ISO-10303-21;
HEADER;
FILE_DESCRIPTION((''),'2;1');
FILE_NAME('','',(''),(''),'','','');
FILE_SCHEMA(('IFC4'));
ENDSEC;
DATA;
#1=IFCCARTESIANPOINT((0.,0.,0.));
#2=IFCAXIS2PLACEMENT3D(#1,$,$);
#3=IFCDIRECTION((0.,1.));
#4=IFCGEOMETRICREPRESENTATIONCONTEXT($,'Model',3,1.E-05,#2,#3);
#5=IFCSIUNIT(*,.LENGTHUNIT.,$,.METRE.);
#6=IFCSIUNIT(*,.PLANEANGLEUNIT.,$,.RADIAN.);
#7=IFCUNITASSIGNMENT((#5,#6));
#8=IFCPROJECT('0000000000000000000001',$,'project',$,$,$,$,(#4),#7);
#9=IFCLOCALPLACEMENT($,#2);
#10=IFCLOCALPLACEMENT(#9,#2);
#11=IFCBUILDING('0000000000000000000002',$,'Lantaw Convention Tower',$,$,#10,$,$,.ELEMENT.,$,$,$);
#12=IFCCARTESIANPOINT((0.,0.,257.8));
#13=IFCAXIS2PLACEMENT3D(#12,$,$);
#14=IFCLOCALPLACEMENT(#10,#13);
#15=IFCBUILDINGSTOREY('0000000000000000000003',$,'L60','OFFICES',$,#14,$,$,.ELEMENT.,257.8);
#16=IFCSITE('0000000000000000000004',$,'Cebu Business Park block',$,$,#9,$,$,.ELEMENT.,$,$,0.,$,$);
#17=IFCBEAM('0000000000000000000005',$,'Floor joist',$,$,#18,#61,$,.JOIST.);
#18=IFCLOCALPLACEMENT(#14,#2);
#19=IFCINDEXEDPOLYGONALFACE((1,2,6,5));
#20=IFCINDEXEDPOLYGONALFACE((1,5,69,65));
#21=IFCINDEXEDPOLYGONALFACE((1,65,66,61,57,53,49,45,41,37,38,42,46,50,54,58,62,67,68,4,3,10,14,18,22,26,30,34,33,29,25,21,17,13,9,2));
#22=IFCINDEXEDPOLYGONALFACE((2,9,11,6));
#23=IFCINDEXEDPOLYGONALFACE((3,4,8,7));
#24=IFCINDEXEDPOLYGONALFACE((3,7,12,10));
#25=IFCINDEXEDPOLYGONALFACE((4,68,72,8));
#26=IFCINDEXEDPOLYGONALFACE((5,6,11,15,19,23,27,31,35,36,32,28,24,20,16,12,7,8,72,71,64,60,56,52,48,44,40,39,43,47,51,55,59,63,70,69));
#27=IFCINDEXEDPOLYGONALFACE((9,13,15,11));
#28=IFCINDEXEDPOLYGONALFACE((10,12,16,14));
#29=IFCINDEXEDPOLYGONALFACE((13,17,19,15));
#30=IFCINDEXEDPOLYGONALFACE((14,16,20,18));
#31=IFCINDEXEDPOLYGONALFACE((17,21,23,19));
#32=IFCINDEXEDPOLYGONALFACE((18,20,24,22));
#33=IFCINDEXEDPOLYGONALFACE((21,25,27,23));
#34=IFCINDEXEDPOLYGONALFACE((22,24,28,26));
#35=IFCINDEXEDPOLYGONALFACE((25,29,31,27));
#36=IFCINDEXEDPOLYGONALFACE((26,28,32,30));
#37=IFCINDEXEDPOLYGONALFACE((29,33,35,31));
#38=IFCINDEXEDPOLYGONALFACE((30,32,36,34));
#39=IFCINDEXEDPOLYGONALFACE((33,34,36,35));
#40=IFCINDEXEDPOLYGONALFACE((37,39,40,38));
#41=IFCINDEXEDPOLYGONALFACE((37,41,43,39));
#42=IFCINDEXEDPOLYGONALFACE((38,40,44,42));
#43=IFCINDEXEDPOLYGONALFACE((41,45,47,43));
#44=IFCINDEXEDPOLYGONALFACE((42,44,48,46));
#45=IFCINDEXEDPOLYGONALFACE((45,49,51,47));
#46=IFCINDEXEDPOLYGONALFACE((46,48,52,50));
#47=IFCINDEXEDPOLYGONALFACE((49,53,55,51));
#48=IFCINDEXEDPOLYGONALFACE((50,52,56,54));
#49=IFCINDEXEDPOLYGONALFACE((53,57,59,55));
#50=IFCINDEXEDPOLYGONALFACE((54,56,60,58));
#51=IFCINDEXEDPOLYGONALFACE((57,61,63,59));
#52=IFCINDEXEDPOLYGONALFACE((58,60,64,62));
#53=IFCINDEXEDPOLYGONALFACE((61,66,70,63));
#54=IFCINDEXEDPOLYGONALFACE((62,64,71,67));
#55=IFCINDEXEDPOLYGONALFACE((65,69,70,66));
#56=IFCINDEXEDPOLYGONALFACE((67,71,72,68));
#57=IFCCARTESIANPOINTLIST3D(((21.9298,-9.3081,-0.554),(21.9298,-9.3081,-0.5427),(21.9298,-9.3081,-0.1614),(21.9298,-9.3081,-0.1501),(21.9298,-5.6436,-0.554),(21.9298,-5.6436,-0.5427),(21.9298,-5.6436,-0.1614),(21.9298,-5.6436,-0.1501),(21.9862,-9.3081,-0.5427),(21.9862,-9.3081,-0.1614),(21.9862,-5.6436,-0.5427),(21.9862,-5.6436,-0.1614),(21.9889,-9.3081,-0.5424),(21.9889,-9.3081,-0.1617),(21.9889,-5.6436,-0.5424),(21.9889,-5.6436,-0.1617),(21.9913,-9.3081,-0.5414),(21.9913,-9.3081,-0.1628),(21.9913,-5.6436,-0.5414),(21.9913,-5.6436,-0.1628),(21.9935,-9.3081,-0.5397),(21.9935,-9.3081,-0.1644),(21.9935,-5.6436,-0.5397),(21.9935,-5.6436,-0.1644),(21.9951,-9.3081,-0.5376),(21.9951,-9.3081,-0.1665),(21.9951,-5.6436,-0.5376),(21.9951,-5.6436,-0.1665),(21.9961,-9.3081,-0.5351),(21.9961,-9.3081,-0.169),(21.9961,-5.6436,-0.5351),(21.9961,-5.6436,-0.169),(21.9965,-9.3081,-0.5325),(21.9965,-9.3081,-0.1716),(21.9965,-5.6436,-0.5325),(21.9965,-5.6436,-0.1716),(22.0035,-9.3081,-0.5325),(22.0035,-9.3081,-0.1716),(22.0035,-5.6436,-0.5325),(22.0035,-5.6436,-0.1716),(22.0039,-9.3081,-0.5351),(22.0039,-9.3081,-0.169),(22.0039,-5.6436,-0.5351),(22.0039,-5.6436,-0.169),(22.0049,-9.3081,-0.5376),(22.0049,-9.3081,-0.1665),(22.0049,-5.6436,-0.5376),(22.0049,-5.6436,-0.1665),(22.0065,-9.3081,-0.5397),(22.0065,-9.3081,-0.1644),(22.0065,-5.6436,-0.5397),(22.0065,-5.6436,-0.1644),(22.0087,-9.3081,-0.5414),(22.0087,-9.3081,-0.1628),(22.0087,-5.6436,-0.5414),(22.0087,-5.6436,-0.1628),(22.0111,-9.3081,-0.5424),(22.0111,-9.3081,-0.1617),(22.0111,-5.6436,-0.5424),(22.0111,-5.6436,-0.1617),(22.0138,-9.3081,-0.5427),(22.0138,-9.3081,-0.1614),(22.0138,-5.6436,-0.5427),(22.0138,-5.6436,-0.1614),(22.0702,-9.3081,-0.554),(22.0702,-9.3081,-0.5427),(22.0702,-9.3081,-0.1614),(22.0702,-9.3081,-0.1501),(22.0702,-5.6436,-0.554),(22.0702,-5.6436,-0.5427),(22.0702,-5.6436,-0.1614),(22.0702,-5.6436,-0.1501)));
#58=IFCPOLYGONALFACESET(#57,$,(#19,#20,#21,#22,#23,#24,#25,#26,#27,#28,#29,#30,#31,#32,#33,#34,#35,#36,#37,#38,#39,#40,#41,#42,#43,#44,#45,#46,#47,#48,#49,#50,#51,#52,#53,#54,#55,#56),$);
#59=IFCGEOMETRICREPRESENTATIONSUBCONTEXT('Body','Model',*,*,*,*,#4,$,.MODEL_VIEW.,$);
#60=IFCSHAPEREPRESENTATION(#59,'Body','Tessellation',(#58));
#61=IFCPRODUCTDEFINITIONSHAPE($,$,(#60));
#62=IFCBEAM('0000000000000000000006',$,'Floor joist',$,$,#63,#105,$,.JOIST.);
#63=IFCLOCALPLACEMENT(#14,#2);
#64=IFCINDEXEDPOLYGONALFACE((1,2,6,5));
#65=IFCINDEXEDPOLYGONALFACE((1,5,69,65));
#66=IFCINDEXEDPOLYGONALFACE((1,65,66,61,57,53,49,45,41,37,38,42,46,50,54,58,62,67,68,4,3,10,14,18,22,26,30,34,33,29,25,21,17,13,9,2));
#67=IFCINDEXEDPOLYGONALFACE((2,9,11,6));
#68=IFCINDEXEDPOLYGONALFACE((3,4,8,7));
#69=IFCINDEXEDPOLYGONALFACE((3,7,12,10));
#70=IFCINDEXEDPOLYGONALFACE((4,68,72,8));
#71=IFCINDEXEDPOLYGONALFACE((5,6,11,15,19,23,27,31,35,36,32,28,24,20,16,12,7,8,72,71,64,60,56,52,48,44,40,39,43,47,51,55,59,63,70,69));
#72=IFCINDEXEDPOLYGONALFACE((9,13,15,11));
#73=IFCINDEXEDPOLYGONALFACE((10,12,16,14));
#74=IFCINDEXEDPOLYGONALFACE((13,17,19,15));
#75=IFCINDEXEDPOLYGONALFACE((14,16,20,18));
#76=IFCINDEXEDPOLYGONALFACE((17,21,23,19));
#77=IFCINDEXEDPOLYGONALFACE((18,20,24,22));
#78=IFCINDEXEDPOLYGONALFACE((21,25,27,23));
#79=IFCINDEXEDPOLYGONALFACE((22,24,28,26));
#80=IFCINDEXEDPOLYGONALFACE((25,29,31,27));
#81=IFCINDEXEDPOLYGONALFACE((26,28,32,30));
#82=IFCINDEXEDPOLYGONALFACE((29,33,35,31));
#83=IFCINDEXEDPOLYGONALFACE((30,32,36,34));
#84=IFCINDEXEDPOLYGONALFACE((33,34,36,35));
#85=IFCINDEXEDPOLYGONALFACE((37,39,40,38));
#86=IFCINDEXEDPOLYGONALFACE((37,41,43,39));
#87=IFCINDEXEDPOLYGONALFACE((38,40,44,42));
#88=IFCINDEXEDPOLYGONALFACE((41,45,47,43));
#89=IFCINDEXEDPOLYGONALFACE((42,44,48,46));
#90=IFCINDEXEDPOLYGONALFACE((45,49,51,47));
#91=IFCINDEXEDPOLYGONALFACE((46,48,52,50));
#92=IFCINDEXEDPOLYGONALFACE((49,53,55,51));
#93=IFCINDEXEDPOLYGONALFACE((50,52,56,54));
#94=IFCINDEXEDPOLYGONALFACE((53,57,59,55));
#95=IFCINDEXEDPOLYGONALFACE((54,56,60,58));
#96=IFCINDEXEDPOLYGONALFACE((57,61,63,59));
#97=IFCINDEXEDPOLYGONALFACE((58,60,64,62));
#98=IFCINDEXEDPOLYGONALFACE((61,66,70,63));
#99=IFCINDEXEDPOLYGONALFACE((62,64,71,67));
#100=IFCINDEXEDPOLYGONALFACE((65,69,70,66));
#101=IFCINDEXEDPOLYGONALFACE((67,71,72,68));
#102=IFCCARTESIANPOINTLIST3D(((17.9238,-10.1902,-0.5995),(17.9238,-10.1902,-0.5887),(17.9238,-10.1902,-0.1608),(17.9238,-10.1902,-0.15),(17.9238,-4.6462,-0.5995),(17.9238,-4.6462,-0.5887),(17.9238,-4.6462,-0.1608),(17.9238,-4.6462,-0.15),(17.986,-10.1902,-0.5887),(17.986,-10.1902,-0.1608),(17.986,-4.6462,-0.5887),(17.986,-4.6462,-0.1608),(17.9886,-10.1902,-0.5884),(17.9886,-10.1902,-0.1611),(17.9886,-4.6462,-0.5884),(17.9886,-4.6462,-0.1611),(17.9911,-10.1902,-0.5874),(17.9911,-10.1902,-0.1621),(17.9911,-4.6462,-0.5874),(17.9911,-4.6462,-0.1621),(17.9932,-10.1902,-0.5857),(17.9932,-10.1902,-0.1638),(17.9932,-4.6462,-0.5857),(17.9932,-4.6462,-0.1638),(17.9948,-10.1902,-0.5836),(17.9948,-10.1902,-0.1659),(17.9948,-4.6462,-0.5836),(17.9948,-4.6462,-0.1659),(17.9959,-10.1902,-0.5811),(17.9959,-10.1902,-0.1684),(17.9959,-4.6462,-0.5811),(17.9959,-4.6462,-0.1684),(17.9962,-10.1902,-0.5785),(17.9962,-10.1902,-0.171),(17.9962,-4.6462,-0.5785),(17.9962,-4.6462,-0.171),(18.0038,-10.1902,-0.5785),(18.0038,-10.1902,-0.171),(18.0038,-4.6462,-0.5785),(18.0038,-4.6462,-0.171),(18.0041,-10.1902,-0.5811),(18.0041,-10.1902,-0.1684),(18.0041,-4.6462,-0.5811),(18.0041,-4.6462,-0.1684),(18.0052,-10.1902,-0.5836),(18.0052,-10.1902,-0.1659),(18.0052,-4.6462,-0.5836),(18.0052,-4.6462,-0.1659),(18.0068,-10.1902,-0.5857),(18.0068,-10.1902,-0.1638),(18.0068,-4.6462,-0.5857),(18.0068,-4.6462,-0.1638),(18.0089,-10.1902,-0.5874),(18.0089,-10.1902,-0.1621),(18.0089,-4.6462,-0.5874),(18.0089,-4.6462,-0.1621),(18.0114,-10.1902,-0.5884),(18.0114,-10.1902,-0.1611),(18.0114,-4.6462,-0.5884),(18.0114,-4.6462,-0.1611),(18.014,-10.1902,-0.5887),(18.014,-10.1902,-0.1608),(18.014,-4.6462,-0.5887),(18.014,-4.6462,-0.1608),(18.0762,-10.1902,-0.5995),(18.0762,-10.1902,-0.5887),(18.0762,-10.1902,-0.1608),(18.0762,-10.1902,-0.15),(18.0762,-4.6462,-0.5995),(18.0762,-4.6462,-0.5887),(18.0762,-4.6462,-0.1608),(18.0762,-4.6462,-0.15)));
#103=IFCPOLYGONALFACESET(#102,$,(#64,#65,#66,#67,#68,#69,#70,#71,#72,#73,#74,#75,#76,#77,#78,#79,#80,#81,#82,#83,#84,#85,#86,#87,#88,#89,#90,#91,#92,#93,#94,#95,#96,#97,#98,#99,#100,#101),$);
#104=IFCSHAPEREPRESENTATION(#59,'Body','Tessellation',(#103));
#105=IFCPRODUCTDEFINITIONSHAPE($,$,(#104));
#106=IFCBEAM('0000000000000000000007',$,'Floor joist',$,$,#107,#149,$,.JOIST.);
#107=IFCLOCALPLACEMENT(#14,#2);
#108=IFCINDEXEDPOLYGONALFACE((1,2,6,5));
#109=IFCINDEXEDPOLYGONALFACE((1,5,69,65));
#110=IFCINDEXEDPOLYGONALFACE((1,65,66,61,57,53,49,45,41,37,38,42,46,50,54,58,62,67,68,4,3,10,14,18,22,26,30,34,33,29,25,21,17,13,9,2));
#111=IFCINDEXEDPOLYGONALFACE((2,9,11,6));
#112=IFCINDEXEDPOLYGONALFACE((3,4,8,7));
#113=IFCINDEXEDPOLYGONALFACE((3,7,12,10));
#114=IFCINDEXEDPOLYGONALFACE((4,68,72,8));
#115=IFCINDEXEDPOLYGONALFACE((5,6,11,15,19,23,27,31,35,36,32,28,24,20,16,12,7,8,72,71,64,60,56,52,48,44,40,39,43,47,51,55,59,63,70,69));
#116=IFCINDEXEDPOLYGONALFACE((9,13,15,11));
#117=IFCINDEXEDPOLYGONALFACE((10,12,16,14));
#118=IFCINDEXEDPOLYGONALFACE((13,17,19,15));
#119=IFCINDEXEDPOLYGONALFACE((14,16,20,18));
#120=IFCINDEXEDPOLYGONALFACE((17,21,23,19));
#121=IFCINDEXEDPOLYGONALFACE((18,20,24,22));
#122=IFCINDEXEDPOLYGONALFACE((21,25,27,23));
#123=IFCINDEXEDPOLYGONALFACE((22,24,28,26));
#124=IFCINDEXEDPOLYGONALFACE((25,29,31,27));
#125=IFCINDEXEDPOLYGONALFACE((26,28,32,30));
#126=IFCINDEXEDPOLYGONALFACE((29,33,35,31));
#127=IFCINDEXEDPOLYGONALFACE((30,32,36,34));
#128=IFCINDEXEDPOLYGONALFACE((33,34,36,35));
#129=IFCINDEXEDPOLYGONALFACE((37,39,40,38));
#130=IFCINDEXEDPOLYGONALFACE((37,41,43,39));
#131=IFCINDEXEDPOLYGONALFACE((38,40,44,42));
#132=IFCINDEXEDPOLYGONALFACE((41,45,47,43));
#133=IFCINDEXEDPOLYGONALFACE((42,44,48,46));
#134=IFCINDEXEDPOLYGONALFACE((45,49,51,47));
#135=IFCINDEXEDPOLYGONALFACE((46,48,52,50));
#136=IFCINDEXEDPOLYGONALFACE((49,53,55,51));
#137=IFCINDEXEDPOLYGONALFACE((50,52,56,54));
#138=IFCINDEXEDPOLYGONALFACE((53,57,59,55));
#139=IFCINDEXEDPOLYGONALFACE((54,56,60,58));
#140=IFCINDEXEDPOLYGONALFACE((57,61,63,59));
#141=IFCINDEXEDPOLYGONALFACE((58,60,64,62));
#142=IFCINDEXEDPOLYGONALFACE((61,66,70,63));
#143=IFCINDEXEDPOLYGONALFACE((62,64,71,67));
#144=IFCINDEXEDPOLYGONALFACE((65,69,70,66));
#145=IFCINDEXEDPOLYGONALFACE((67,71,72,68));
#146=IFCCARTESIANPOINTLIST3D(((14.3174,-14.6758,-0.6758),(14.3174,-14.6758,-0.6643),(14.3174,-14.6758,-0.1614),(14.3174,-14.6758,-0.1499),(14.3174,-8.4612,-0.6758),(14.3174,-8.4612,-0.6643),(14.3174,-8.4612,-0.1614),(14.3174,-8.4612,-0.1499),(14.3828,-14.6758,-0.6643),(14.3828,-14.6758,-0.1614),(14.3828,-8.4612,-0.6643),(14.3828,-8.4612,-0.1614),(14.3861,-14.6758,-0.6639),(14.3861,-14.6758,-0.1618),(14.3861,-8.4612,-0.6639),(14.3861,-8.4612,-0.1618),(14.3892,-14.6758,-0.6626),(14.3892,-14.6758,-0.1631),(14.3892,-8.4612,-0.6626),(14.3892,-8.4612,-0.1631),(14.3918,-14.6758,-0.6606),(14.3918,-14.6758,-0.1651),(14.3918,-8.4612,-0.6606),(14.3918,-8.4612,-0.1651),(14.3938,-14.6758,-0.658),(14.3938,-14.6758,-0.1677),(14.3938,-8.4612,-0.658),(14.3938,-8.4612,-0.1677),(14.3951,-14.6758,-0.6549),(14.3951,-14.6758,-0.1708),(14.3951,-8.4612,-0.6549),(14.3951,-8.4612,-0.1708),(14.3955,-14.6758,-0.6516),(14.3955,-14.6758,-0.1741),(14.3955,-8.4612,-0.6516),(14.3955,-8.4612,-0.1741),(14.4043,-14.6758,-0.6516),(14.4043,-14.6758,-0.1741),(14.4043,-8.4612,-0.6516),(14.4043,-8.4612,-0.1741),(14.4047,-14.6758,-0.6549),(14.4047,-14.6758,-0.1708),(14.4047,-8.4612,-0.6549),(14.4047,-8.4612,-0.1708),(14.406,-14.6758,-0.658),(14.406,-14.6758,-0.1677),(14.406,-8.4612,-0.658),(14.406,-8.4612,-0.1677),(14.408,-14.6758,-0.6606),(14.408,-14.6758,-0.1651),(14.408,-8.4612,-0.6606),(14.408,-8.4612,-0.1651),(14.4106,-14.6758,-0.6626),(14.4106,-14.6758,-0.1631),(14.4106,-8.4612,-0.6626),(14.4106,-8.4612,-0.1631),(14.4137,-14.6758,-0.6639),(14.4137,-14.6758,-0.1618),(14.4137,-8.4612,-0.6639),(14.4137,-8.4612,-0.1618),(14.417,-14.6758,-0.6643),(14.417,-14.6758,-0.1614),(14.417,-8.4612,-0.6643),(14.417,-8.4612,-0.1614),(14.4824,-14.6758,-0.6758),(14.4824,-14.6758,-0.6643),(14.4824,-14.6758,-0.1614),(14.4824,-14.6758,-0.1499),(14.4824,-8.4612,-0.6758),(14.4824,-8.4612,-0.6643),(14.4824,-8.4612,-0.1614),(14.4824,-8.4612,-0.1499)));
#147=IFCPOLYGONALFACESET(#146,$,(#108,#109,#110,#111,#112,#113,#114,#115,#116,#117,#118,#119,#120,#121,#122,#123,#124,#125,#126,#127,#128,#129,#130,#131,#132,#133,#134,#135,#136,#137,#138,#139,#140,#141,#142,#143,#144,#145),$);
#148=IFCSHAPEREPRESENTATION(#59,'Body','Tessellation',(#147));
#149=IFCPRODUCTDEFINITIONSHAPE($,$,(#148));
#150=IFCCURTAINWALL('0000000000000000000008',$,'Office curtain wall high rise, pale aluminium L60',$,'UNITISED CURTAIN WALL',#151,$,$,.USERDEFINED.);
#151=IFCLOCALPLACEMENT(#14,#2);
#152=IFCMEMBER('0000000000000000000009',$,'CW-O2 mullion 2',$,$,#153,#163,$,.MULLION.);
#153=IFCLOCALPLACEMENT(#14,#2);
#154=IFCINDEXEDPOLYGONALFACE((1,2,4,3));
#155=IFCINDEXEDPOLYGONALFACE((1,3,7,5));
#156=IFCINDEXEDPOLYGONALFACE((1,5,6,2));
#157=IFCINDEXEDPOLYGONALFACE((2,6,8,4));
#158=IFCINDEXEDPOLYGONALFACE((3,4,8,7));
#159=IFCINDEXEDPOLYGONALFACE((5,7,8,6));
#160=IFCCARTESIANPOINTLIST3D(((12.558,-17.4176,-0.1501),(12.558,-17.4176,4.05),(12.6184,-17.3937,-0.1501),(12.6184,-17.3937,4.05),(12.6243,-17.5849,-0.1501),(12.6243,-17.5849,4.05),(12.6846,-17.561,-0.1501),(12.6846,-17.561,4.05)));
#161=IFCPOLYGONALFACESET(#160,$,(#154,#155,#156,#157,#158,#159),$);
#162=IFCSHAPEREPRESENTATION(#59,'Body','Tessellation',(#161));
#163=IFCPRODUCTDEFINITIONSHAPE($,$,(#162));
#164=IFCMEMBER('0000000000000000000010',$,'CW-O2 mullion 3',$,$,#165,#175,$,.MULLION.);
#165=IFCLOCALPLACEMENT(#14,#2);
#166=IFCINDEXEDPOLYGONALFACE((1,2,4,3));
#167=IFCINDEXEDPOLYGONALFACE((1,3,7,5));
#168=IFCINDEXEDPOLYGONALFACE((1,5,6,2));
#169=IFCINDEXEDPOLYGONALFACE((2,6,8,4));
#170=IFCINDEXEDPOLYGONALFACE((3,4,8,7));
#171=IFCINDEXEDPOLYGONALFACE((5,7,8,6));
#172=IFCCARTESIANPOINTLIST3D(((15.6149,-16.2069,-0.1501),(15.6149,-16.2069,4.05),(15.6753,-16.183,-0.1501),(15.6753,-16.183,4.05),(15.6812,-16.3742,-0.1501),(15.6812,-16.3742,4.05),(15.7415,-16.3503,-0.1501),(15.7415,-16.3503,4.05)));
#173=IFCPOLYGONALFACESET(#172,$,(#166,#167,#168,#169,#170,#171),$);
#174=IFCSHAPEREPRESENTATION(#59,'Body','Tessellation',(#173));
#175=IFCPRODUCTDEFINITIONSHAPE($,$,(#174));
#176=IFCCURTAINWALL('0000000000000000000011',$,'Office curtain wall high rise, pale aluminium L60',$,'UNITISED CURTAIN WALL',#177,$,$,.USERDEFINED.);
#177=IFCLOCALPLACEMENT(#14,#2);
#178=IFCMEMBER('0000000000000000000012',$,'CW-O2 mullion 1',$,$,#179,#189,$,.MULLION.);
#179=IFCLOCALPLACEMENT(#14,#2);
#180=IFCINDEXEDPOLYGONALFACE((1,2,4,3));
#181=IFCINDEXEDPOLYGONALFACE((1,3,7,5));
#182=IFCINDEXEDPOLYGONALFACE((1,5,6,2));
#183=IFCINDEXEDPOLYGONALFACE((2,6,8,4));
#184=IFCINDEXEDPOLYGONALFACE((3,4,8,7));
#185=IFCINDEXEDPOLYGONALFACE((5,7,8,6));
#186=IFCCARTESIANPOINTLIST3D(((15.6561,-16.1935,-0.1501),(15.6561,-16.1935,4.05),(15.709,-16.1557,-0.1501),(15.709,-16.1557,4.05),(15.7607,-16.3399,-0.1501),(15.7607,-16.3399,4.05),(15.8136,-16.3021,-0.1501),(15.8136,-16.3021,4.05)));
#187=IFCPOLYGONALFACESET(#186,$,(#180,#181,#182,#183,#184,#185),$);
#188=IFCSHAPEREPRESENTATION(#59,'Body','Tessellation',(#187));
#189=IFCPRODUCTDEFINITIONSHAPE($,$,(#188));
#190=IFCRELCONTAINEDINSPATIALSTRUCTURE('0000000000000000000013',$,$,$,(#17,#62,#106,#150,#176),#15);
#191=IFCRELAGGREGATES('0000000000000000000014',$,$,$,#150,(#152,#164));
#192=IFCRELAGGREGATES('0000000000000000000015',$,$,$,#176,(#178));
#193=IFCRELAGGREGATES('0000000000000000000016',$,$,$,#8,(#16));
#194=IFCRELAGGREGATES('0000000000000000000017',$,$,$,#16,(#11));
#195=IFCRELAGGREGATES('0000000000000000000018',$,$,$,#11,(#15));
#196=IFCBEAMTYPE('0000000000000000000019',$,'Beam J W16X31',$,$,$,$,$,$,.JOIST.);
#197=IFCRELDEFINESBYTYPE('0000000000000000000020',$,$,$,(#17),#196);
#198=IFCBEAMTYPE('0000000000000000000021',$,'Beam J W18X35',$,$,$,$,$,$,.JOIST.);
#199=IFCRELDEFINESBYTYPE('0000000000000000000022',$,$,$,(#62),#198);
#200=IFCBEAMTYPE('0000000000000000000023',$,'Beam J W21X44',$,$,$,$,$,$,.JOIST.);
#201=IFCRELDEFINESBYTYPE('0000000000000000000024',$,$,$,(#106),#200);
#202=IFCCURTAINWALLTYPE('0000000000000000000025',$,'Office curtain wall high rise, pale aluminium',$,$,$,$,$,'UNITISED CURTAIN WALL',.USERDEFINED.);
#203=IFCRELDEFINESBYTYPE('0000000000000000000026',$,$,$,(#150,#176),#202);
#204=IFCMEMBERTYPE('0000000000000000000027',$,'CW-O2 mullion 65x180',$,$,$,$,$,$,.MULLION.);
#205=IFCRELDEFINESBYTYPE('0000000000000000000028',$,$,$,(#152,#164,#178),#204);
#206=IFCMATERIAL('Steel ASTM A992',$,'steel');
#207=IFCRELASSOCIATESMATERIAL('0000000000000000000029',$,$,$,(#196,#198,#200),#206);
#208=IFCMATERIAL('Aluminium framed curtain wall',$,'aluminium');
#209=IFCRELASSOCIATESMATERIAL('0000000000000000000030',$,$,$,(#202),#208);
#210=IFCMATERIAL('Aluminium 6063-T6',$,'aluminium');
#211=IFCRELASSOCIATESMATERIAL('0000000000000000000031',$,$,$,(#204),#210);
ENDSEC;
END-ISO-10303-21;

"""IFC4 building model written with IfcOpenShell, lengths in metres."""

from ifc_helpers import new_model, si_unit, direction, frame, origin, origin_2d, place, context, subcontext, project, spatial, rectangle, i_section, extrude, material, material_profile, profile_set, type_object, element, aggregate, save


model = new_model("IFC4")

# Units and contexts
model_context = context("Model", 3, precision=1e-05, world=origin(), true_north=direction((0.0, 1.0)))
body_context = subcontext(model_context, "Body", "Model", "MODEL_VIEW")
ifc_project = project(units=[si_unit("LENGTHUNIT", "METRE"), si_unit("PLANEANGLEUNIT", "RADIAN")], contexts=[model_context])

# Site, building, storey
site_placement = place(None, origin())
site = spatial("IfcSite", under=ifc_project, at=site_placement, Name="Cebu Business Park block", CompositionType="ELEMENT", RefElevation=0.0)
building_placement = place(site_placement, origin())
building = spatial("IfcBuilding", under=site, at=building_placement, Name="Lantaw Convention Tower", CompositionType="ELEMENT")
storey_placement = place(building_placement, frame((0.0, 0.0, 257.8)))
storey = spatial("IfcBuildingStorey", under=building, at=storey_placement, Name="L60", Description="OFFICES", CompositionType="ELEMENT", Elevation=257.8)

# Beams
ifc_material_1 = material(Name="Steel ASTM A992", Category="steel")
ifc_material_profile_1 = material_profile(ifc_material_1, i_section(OverallWidth=0.1404, OverallDepth=0.4038, WebThickness=0.0071, FlangeThickness=0.0112, FilletRadius=0.0103, at=origin_2d()), Name="W16X31")
ifc_profile_set_1 = profile_set([ifc_material_profile_1], Name="Steel ASTM A992")
beam_type_1 = type_object("IfcBeamType", Name="Beam J W16X31", PredefinedType="JOIST", material=ifc_profile_set_1)
beam_1_placement = place(storey_placement, frame((22.0, -9.3081, -0.3521), z_axis=(0.0, 1.0, 0.0), x_axis=(-1.0, 0.0, 0.0)))
element("IfcBeam", 1, at=beam_1_placement, inside=storey, type_object=beam_type_1, Name="Floor joist", PredefinedType="JOIST", context=body_context, shape_type="SweptSolid", body=[
    extrude(i_section(OverallWidth=0.1404, OverallDepth=0.4038, WebThickness=0.0071, FlangeThickness=0.0112, FilletRadius=0.0103, at=origin_2d()), origin(), (0.0, 0.0, 1.0), 3.6646),
])
ifc_material_profile_2 = material_profile(ifc_material_1, i_section(OverallWidth=0.1523, OverallDepth=0.4495, WebThickness=0.0076, FlangeThickness=0.0107, FilletRadius=0.0103, at=origin_2d()), Name="W18X35")
ifc_profile_set_2 = profile_set([ifc_material_profile_2], Name="Steel ASTM A992")
beam_type_2 = type_object("IfcBeamType", Name="Beam J W18X35", PredefinedType="JOIST", material=ifc_profile_set_2)
beam_2_placement = place(storey_placement, frame((18.0, -10.1902, -0.3748), z_axis=(0.0, 1.0, 0.0), x_axis=(-1.0, 0.0, 0.0)))
element("IfcBeam", 2, at=beam_2_placement, inside=storey, type_object=beam_type_2, Name="Floor joist", PredefinedType="JOIST", context=body_context, shape_type="SweptSolid", body=[
    extrude(i_section(OverallWidth=0.1523, OverallDepth=0.4495, WebThickness=0.0076, FlangeThickness=0.0107, FilletRadius=0.0103, at=origin_2d()), origin(), (0.0, 0.0, 1.0), 5.5439),
])
ifc_material_profile_3 = material_profile(ifc_material_1, i_section(OverallWidth=0.165, OverallDepth=0.5259, WebThickness=0.0088, FlangeThickness=0.0115, FilletRadius=0.0127, at=origin_2d()), Name="W21X44")
ifc_profile_set_3 = profile_set([ifc_material_profile_3], Name="Steel ASTM A992")
beam_type_3 = type_object("IfcBeamType", Name="Beam J W21X44", PredefinedType="JOIST", material=ifc_profile_set_3)
beam_3_placement = place(storey_placement, frame((14.3999, -14.6758, -0.4128), z_axis=(0.0, 1.0, 0.0), x_axis=(-1.0, 0.0, 0.0)))
element("IfcBeam", 3, at=beam_3_placement, inside=storey, type_object=beam_type_3, Name="Floor joist", PredefinedType="JOIST", context=body_context, shape_type="SweptSolid", body=[
    extrude(i_section(OverallWidth=0.165, OverallDepth=0.5259, WebThickness=0.0088, FlangeThickness=0.0115, FilletRadius=0.0127, at=origin_2d()), origin(), (0.0, 0.0, 1.0), 6.2146),
])

# Curtain walls, members
ifc_material_2 = material(Name="Aluminium framed curtain wall", Category="aluminium")
curtain_wall_type = type_object("IfcCurtainWallType", Name="Office curtain wall high rise, pale aluminium", ElementType="UNITISED CURTAIN WALL", PredefinedType="USERDEFINED", material=ifc_material_2)
curtain_wall_1_placement = place(storey_placement, origin())
curtain_wall_1 = element("IfcCurtainWall", 4, at=curtain_wall_1_placement, inside=storey, type_object=curtain_wall_type, Name="Office curtain wall high rise, pale aluminium L60", ObjectType="UNITISED CURTAIN WALL", PredefinedType="USERDEFINED")
ifc_material_3 = material(Name="Aluminium 6063-T6", Category="aluminium")
ifc_material_profile_4 = material_profile(ifc_material_3, rectangle(XDim=0.1799, YDim=0.0649, at=origin_2d()), Name="CW-O2 mullion 65x180")
ifc_profile_set_4 = profile_set([ifc_material_profile_4], Name="Aluminium 6063-T6")
member_type_1 = type_object("IfcMemberType", Name="CW-O2 mullion 65x180", PredefinedType="MULLION", material=ifc_profile_set_4)
member_1_placement = place(storey_placement, frame((12.6213, -17.4893, -0.1501), z_axis=(0.0, 0.0, 1.0), x_axis=(-0.368162, 0.929762, 0.0)))
member_1 = element("IfcMember", 5, at=member_1_placement, type_object=member_type_1, Name="CW-O2 mullion 2", PredefinedType="MULLION", context=body_context, shape_type="SweptSolid", body=[
    extrude(rectangle(XDim=0.1799, YDim=0.0649, at=origin_2d()), origin(), (0.0, 0.0, 1.0), 4.2002),
])
member_2_placement = place(storey_placement, frame((15.6782, -16.2786, -0.1501), z_axis=(0.0, 0.0, 1.0), x_axis=(-0.368162, 0.929762, 0.0)))
member_2 = element("IfcMember", 6, at=member_2_placement, type_object=member_type_1, Name="CW-O2 mullion 3", PredefinedType="MULLION", context=body_context, shape_type="SweptSolid", body=[
    extrude(rectangle(XDim=0.1799, YDim=0.0649, at=origin_2d()), origin(), (0.0, 0.0, 1.0), 4.2002),
])
curtain_wall_2_placement = place(storey_placement, origin())
curtain_wall_2 = element("IfcCurtainWall", 7, at=curtain_wall_2_placement, inside=storey, type_object=curtain_wall_type, Name="Office curtain wall high rise, pale aluminium L60", ObjectType="UNITISED CURTAIN WALL", PredefinedType="USERDEFINED")
member_3_placement = place(storey_placement, frame((15.7349, -16.2478, -0.1501), z_axis=(0.0, 0.0, 1.0), x_axis=(-0.581323, 0.813673, 0.0)))
member_3 = element("IfcMember", 8, at=member_3_placement, type_object=member_type_1, Name="CW-O2 mullion 1", PredefinedType="MULLION", context=body_context, shape_type="SweptSolid", body=[
    extrude(rectangle(XDim=0.1799, YDim=0.0649, at=origin_2d()), origin(), (0.0, 0.0, 1.0), 4.2002),
])

aggregate(curtain_wall_1, [member_1, member_2])
aggregate(curtain_wall_2, [member_3])

save(model, "model.ifc")
